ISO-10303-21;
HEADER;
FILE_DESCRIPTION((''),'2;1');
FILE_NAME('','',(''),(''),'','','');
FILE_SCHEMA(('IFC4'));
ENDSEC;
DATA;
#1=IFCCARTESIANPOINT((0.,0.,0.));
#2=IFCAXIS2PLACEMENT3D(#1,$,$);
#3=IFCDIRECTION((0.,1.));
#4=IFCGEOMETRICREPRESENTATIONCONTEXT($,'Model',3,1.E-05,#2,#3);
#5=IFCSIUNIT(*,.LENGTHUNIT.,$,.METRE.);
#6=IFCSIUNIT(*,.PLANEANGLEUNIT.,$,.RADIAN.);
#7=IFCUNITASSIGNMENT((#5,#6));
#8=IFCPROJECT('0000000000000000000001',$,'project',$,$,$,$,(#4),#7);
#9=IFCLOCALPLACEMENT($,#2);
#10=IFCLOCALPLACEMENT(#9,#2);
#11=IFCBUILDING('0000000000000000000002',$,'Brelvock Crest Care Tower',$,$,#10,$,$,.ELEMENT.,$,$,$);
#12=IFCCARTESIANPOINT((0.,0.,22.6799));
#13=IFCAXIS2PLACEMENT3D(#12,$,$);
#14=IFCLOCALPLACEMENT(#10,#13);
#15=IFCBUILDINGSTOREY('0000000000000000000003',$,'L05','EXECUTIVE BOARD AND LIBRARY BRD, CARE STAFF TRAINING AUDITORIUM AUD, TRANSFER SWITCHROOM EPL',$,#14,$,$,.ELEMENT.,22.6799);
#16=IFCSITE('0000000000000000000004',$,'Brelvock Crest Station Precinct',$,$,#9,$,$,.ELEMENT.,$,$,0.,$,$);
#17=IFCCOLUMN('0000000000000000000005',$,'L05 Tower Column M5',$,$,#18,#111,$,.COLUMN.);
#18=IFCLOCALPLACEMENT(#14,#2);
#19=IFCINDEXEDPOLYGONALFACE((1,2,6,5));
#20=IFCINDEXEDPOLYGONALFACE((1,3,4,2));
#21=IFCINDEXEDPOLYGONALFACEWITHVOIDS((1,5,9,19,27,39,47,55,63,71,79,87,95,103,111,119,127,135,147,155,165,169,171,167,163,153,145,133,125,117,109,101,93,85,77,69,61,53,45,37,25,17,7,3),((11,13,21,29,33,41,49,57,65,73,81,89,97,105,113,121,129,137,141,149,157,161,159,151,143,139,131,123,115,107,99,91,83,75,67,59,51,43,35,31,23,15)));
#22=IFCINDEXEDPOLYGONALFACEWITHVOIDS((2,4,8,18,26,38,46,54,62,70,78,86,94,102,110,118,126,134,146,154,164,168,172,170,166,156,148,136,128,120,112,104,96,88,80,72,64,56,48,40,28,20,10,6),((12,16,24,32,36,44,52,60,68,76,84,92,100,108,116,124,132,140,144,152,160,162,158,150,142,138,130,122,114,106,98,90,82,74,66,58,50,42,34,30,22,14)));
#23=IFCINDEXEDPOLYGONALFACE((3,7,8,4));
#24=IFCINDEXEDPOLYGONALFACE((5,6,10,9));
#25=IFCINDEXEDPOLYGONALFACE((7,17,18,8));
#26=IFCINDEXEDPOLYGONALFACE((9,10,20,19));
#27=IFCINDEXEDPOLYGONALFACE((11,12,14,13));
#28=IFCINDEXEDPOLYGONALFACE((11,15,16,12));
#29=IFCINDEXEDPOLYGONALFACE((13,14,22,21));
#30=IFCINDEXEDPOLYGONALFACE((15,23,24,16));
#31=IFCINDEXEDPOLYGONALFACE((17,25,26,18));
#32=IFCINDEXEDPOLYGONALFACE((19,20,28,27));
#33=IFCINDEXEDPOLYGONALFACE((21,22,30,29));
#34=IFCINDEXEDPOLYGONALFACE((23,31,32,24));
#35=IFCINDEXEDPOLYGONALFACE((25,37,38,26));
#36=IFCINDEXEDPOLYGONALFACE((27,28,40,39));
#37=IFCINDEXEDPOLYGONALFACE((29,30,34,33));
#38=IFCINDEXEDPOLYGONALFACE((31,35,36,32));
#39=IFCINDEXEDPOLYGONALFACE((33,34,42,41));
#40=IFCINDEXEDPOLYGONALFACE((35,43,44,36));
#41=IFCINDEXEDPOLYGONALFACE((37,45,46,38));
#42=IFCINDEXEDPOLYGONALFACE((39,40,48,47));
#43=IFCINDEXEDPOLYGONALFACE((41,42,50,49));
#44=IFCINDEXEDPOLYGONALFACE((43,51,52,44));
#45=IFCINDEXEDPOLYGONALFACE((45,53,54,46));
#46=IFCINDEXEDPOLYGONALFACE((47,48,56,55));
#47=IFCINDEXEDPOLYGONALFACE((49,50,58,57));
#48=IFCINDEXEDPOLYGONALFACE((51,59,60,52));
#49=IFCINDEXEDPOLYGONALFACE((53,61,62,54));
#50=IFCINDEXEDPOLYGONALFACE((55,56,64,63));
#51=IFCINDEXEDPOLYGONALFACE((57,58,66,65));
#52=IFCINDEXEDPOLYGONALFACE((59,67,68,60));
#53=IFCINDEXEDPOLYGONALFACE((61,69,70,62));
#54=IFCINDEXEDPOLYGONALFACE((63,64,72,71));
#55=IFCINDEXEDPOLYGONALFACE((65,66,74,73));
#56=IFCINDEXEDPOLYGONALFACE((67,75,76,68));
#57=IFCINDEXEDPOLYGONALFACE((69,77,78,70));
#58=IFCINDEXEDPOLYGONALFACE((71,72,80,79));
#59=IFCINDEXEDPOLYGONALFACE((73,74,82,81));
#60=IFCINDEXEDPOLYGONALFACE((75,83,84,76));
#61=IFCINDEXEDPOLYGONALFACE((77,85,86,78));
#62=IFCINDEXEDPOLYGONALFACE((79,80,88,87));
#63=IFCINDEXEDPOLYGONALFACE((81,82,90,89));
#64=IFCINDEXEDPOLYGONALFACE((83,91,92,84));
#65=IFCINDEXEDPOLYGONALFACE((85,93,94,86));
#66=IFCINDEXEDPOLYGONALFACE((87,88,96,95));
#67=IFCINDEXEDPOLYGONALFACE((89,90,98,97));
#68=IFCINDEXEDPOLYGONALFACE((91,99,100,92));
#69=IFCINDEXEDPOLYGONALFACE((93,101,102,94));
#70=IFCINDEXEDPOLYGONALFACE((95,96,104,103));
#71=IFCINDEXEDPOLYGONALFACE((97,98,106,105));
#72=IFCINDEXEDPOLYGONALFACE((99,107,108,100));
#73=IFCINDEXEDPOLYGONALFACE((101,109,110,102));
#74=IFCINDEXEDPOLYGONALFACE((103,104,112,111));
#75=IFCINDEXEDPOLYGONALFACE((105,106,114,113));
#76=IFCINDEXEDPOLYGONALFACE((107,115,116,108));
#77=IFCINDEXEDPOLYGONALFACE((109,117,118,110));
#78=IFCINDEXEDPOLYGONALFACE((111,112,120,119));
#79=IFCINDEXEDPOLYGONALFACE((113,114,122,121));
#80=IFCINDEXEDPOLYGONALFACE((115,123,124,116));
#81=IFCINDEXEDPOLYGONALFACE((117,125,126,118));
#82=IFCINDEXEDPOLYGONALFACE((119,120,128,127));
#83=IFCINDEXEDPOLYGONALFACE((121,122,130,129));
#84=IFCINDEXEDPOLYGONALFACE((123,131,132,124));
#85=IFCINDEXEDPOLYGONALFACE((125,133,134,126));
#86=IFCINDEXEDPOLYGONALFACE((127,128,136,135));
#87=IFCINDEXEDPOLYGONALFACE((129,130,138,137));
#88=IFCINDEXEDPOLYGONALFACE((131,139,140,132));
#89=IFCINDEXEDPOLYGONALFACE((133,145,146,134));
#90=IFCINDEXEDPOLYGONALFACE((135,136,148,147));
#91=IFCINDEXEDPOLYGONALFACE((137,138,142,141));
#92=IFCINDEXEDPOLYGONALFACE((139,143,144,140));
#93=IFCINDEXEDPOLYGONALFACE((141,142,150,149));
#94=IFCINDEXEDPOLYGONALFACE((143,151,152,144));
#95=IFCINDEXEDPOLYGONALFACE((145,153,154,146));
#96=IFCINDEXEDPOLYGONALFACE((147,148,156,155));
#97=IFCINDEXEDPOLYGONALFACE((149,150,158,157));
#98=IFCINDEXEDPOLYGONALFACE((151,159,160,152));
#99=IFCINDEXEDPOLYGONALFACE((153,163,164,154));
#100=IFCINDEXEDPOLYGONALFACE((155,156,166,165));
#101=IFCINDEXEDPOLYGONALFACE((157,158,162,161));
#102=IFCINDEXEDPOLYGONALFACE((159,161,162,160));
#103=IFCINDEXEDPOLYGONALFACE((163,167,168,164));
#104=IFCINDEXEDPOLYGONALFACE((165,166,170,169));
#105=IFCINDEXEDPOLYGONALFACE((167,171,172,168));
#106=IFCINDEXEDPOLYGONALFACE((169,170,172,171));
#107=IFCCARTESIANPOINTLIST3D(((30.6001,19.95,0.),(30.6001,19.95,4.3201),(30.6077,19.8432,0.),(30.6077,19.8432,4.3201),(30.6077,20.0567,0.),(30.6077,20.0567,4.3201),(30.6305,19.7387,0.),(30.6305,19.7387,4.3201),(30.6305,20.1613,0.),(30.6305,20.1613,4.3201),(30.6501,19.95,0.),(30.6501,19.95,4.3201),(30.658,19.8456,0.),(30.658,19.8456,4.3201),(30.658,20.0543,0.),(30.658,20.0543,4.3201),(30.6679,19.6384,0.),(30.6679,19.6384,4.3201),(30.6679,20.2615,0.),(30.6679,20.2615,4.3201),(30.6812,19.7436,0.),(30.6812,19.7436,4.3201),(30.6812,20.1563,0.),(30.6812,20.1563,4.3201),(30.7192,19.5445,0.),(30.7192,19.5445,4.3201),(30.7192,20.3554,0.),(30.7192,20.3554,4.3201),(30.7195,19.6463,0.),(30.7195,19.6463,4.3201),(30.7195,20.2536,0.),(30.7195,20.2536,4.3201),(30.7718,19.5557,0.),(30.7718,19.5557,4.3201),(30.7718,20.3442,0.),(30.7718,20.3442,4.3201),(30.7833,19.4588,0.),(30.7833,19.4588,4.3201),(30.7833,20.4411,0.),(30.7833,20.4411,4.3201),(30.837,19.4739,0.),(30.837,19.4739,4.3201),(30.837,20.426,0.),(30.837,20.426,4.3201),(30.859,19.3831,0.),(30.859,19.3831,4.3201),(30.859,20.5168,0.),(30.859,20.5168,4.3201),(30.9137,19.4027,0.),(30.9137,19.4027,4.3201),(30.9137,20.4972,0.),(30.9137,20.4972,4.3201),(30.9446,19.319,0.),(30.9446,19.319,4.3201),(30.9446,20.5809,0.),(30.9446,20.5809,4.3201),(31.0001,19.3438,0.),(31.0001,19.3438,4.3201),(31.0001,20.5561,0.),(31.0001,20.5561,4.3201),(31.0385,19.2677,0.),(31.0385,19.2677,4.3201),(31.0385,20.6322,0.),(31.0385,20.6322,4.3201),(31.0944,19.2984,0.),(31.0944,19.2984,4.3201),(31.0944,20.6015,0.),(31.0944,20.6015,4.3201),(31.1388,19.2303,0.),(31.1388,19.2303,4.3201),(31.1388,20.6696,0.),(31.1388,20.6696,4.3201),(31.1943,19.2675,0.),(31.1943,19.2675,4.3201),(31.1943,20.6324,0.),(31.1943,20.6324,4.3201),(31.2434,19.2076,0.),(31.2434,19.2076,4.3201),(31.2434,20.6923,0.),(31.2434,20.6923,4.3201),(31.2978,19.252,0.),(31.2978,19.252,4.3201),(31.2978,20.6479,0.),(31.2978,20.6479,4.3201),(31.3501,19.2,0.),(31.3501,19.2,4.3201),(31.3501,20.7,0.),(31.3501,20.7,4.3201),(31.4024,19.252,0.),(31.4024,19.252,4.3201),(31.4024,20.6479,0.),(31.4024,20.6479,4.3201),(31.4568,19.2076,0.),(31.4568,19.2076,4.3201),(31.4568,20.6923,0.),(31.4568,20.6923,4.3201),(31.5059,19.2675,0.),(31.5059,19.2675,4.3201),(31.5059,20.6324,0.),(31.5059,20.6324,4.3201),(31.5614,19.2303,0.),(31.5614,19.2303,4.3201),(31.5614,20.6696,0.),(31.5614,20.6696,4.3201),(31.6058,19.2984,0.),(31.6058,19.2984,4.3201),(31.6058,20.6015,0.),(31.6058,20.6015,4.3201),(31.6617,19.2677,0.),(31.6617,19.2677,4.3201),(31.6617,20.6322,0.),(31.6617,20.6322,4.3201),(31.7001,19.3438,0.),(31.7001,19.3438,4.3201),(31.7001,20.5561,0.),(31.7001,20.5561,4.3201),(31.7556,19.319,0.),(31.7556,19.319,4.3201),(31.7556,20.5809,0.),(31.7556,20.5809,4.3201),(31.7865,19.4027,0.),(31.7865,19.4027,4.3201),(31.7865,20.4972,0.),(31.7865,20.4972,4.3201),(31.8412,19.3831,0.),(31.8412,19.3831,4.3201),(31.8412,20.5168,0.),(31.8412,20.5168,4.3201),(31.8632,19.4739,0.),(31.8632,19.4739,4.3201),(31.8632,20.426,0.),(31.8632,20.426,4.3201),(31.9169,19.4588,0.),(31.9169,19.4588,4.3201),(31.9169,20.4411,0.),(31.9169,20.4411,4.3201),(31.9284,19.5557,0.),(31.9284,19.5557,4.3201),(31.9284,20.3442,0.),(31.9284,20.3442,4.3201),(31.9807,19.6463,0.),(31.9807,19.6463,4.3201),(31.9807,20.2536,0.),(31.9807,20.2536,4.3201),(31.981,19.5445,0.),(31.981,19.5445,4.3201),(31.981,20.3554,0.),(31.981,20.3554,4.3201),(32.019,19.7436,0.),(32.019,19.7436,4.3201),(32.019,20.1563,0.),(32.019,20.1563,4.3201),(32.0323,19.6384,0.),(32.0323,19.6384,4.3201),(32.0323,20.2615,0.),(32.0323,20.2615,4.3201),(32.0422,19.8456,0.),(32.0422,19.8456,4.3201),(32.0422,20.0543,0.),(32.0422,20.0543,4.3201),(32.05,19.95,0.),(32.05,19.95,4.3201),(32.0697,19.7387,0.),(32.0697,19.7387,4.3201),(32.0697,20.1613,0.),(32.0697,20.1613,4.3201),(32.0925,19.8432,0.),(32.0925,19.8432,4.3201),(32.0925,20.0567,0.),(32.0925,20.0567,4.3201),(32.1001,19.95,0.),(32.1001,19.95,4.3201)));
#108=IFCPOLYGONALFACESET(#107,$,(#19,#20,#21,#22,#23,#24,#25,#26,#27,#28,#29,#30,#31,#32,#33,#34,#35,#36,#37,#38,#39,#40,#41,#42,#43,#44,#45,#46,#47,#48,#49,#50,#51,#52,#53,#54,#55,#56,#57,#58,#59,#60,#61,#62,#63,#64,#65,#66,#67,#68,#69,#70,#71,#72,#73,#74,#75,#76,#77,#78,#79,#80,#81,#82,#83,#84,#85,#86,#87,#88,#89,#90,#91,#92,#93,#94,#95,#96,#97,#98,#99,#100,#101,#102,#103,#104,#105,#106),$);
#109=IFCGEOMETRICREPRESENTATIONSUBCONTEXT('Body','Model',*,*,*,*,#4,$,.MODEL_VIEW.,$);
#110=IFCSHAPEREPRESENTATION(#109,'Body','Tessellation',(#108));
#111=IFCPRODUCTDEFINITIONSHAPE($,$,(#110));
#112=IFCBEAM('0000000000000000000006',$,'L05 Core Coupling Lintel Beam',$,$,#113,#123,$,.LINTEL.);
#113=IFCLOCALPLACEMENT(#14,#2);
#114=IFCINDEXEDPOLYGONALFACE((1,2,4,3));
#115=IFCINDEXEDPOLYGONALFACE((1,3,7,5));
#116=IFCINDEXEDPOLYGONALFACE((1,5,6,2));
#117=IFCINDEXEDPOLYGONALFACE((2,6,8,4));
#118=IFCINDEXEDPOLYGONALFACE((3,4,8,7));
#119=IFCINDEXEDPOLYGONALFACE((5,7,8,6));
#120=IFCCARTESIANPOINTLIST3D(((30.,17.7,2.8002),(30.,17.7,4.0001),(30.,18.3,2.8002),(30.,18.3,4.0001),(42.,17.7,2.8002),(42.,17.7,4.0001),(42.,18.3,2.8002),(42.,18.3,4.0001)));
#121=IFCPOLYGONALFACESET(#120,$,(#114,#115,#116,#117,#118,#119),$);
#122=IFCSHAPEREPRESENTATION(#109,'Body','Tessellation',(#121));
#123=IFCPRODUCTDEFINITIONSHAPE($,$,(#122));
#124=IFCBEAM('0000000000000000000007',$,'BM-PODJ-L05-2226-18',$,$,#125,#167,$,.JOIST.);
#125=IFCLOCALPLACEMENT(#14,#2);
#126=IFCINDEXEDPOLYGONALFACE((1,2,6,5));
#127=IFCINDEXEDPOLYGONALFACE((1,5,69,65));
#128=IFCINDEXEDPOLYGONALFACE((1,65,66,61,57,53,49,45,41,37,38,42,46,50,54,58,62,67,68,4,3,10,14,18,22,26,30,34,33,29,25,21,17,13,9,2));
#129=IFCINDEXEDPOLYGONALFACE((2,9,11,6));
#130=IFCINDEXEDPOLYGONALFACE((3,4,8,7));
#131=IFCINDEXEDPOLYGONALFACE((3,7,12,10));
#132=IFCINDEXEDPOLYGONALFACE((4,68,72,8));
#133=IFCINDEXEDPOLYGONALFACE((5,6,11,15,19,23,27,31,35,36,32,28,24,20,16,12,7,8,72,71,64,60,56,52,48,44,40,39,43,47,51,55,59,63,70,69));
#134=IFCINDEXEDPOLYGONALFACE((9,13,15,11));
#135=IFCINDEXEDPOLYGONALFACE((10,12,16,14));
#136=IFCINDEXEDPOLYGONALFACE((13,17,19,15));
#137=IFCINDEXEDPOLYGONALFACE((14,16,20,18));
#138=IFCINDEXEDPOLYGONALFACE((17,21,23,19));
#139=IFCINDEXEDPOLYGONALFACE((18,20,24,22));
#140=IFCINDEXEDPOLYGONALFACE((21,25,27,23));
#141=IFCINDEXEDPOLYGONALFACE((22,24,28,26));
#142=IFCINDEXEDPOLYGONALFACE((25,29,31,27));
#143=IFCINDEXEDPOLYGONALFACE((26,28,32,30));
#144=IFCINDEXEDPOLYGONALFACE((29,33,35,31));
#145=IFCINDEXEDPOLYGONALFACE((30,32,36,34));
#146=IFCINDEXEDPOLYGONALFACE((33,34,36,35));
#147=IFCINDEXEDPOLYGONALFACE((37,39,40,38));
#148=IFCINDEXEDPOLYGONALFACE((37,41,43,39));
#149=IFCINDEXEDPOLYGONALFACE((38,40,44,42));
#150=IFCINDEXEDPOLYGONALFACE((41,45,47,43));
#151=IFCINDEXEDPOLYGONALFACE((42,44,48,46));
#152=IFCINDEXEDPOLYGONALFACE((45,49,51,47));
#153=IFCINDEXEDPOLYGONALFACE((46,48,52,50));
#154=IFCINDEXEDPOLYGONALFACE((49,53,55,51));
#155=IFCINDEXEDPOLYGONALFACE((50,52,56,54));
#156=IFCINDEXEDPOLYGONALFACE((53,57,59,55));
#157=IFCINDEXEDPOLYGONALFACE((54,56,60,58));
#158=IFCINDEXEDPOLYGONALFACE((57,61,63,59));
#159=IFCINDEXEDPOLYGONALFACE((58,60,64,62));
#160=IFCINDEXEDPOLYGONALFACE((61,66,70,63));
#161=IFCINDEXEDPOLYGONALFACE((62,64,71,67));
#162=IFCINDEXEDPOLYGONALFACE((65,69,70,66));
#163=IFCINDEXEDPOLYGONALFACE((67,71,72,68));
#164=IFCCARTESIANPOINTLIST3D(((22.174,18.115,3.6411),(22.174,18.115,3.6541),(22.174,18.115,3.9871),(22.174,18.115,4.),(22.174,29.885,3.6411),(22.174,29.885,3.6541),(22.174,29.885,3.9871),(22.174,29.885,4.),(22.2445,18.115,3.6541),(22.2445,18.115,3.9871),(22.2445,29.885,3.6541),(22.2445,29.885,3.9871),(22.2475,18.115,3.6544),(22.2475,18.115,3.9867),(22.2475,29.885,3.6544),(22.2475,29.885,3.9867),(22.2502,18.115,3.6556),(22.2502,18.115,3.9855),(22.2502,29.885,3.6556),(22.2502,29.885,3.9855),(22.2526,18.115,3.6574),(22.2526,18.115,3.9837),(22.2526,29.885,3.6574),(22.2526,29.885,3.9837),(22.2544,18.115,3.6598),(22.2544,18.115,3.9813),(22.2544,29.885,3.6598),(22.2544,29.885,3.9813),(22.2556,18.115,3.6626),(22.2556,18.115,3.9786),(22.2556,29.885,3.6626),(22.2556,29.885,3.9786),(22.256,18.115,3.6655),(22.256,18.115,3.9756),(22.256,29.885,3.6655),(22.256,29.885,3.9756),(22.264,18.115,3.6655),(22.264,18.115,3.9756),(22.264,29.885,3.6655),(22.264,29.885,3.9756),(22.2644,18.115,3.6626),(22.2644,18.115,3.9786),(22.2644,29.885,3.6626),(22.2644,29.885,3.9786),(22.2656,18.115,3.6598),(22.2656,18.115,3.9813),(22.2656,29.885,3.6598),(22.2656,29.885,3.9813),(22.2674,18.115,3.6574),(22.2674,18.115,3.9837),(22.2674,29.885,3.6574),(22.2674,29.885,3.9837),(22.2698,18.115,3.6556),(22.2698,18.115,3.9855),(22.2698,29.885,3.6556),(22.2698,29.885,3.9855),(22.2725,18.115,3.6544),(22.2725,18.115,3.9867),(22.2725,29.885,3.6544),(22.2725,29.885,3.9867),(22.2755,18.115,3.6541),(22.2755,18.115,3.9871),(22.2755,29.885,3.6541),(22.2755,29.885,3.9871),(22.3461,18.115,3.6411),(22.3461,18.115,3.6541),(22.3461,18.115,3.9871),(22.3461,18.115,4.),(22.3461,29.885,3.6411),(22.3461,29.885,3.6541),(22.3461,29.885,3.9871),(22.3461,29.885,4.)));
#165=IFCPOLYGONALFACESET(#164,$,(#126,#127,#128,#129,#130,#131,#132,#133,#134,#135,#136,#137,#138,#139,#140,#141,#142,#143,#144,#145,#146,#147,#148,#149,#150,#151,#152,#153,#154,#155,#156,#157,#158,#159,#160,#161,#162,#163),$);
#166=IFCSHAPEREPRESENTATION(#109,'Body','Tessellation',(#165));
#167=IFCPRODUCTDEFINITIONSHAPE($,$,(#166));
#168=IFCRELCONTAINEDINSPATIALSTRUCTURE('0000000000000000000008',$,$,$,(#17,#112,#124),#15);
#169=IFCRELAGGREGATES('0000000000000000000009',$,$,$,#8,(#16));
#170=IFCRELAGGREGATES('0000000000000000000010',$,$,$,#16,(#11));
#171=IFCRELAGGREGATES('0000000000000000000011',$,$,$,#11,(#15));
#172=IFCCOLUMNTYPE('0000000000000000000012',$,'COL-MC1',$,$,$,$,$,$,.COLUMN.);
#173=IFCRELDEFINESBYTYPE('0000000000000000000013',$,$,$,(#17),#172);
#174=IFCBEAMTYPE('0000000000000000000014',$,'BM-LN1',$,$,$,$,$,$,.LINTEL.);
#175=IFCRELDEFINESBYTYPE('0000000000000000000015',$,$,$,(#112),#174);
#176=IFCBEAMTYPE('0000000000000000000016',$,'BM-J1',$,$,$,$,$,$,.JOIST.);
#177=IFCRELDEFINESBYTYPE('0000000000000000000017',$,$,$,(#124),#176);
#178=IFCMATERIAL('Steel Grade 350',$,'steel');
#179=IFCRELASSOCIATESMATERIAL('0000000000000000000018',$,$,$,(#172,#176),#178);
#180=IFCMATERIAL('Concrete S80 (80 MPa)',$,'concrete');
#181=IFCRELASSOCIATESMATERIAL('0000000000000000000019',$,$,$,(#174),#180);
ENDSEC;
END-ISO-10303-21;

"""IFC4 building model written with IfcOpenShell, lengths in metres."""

from ifc_helpers import new_model, si_unit, direction, frame, origin, origin_2d, place, context, subcontext, project, spatial, rectangle, hollow_circle, i_section, extrude, source, transform, mapped, material, material_profile, profile_set, type_object, element, save


model = new_model("IFC4")

# Units and contexts
model_context = context("Model", 3, precision=1e-05, world=origin(), true_north=direction((0.0, 1.0)))
body_context = subcontext(model_context, "Body", "Model", "MODEL_VIEW")
ifc_project = project(units=[si_unit("LENGTHUNIT", "METRE"), si_unit("PLANEANGLEUNIT", "RADIAN")], contexts=[model_context])

# Site, building, storey
site_placement = place(None, origin())
site = spatial("IfcSite", under=ifc_project, at=site_placement, Name="Brelvock Crest Station Precinct", CompositionType="ELEMENT", RefElevation=0.0)
building_placement = place(site_placement, origin())
building = spatial("IfcBuilding", under=site, at=building_placement, Name="Brelvock Crest Care Tower", CompositionType="ELEMENT")
storey_placement = place(building_placement, frame((0.0, 0.0, 22.6799)))
storey = spatial("IfcBuildingStorey", under=building, at=storey_placement, Name="L05", Description="EXECUTIVE BOARD AND LIBRARY BRD, CARE STAFF TRAINING AUDITORIUM AUD, TRANSFER SWITCHROOM EPL", CompositionType="ELEMENT", Elevation=22.6799)

# Column
ifc_material_1 = material(Name="Steel Grade 350", Category="steel")
ifc_material_profile_1 = material_profile(ifc_material_1, hollow_circle(Radius=0.75, WallThickness=0.05, at=origin_2d()), Name="CFT1500x50")
ifc_profile_set_1 = profile_set([ifc_material_profile_1], Name="Steel Grade 350")
column_type = type_object("IfcColumnType", Name="COL-MC1", PredefinedType="COLUMN", material=ifc_profile_set_1)
shared_shape_1 = source(origin(), body_context, "Body", "SweptSolid", [
    extrude(hollow_circle(Radius=0.75, WallThickness=0.05, at=origin_2d()), origin(), (0.0, 0.0, 1.0), 4.3201),
])
column_placement = place(storey_placement, frame((31.3501, 19.95, 0.0), z_axis=(0.0, 0.0, 1.0), x_axis=(1.0, 0.0, 0.0)))
element("IfcColumn", 1, at=column_placement, inside=storey, type_object=column_type, Name="L05 Tower Column M5", PredefinedType="COLUMN", context=body_context, shape_type="MappedRepresentation", body=[
    mapped(shared_shape_1, transform((0.0, 0.0, 0.0), x_axis=(1.0, 0.0, 0.0), y_axis=(0.0, 1.0, 0.0), z_axis=(0.0, 0.0, 1.0), scale=1.0)),
])

# Beams
ifc_material_2 = material(Name="Concrete S80 (80 MPa)", Category="concrete")
ifc_material_profile_2 = material_profile(ifc_material_2, rectangle(XDim=0.6001, YDim=1.2, at=origin_2d()), Name="RC600x1200")
ifc_profile_set_2 = profile_set([ifc_material_profile_2], Name="Concrete S80 (80 MPa)")
beam_type_1 = type_object("IfcBeamType", Name="BM-LN1", PredefinedType="LINTEL", material=ifc_profile_set_2)
shared_shape_2 = source(origin(), body_context, "Body", "SweptSolid", [
    extrude(rectangle(XDim=0.6001, YDim=1.2, at=origin_2d()), origin(), (0.0, 0.0, 1.0), 12.0),
])
beam_1_placement = place(storey_placement, frame((30.0, 18.0, 3.4001), z_axis=(1.0, 0.0, 0.0), x_axis=(0.0, 1.0, 0.0)))
element("IfcBeam", 2, at=beam_1_placement, inside=storey, type_object=beam_type_1, Name="L05 Core Coupling Lintel Beam", PredefinedType="LINTEL", context=body_context, shape_type="MappedRepresentation", body=[
    mapped(shared_shape_2, transform((0.0, 0.0, 0.0), x_axis=(1.0, 0.0, 0.0), y_axis=(0.0, 1.0, 0.0), z_axis=(0.0, 0.0, 1.0), scale=1.0)),
])
ifc_material_profile_3 = material_profile(ifc_material_1, i_section(OverallWidth=0.1721, OverallDepth=0.3589, WebThickness=0.0081, FlangeThickness=0.0129, FilletRadius=0.0115, at=origin_2d()), Name="360UB56.7")
ifc_profile_set_3 = profile_set([ifc_material_profile_3], Name="Steel Grade 350")
beam_type_2 = type_object("IfcBeamType", Name="BM-J1", PredefinedType="JOIST", material=ifc_profile_set_3)
shared_shape_3 = source(origin(), body_context, "Body", "SweptSolid", [
    extrude(i_section(OverallWidth=0.1721, OverallDepth=0.3589, WebThickness=0.0081, FlangeThickness=0.0129, FilletRadius=0.0115, at=origin_2d()), origin(), (0.0, 0.0, 1.0), 11.77),
])
for number, where, z_axis, x_axis, name in (
    (3, (22.26, 18.115, 3.8206), (0.0, 1.0, 0.0), (-1.0, 0.0, 0.0), "BM-PODJ-L05-2226-18"),
):
    element("IfcBeam", number, at=place(storey_placement, frame(where, z_axis=z_axis, x_axis=x_axis)), inside=storey, type_object=beam_type_2, Name=name, PredefinedType="JOIST", context=body_context, shape_type="MappedRepresentation", body=[
        mapped(shared_shape_3, transform((0.0, 0.0, 0.0), x_axis=(1.0, 0.0, 0.0), y_axis=(0.0, 1.0, 0.0), z_axis=(0.0, 0.0, 1.0), scale=1.0)),
    ])

save(model, "model.ifc")
